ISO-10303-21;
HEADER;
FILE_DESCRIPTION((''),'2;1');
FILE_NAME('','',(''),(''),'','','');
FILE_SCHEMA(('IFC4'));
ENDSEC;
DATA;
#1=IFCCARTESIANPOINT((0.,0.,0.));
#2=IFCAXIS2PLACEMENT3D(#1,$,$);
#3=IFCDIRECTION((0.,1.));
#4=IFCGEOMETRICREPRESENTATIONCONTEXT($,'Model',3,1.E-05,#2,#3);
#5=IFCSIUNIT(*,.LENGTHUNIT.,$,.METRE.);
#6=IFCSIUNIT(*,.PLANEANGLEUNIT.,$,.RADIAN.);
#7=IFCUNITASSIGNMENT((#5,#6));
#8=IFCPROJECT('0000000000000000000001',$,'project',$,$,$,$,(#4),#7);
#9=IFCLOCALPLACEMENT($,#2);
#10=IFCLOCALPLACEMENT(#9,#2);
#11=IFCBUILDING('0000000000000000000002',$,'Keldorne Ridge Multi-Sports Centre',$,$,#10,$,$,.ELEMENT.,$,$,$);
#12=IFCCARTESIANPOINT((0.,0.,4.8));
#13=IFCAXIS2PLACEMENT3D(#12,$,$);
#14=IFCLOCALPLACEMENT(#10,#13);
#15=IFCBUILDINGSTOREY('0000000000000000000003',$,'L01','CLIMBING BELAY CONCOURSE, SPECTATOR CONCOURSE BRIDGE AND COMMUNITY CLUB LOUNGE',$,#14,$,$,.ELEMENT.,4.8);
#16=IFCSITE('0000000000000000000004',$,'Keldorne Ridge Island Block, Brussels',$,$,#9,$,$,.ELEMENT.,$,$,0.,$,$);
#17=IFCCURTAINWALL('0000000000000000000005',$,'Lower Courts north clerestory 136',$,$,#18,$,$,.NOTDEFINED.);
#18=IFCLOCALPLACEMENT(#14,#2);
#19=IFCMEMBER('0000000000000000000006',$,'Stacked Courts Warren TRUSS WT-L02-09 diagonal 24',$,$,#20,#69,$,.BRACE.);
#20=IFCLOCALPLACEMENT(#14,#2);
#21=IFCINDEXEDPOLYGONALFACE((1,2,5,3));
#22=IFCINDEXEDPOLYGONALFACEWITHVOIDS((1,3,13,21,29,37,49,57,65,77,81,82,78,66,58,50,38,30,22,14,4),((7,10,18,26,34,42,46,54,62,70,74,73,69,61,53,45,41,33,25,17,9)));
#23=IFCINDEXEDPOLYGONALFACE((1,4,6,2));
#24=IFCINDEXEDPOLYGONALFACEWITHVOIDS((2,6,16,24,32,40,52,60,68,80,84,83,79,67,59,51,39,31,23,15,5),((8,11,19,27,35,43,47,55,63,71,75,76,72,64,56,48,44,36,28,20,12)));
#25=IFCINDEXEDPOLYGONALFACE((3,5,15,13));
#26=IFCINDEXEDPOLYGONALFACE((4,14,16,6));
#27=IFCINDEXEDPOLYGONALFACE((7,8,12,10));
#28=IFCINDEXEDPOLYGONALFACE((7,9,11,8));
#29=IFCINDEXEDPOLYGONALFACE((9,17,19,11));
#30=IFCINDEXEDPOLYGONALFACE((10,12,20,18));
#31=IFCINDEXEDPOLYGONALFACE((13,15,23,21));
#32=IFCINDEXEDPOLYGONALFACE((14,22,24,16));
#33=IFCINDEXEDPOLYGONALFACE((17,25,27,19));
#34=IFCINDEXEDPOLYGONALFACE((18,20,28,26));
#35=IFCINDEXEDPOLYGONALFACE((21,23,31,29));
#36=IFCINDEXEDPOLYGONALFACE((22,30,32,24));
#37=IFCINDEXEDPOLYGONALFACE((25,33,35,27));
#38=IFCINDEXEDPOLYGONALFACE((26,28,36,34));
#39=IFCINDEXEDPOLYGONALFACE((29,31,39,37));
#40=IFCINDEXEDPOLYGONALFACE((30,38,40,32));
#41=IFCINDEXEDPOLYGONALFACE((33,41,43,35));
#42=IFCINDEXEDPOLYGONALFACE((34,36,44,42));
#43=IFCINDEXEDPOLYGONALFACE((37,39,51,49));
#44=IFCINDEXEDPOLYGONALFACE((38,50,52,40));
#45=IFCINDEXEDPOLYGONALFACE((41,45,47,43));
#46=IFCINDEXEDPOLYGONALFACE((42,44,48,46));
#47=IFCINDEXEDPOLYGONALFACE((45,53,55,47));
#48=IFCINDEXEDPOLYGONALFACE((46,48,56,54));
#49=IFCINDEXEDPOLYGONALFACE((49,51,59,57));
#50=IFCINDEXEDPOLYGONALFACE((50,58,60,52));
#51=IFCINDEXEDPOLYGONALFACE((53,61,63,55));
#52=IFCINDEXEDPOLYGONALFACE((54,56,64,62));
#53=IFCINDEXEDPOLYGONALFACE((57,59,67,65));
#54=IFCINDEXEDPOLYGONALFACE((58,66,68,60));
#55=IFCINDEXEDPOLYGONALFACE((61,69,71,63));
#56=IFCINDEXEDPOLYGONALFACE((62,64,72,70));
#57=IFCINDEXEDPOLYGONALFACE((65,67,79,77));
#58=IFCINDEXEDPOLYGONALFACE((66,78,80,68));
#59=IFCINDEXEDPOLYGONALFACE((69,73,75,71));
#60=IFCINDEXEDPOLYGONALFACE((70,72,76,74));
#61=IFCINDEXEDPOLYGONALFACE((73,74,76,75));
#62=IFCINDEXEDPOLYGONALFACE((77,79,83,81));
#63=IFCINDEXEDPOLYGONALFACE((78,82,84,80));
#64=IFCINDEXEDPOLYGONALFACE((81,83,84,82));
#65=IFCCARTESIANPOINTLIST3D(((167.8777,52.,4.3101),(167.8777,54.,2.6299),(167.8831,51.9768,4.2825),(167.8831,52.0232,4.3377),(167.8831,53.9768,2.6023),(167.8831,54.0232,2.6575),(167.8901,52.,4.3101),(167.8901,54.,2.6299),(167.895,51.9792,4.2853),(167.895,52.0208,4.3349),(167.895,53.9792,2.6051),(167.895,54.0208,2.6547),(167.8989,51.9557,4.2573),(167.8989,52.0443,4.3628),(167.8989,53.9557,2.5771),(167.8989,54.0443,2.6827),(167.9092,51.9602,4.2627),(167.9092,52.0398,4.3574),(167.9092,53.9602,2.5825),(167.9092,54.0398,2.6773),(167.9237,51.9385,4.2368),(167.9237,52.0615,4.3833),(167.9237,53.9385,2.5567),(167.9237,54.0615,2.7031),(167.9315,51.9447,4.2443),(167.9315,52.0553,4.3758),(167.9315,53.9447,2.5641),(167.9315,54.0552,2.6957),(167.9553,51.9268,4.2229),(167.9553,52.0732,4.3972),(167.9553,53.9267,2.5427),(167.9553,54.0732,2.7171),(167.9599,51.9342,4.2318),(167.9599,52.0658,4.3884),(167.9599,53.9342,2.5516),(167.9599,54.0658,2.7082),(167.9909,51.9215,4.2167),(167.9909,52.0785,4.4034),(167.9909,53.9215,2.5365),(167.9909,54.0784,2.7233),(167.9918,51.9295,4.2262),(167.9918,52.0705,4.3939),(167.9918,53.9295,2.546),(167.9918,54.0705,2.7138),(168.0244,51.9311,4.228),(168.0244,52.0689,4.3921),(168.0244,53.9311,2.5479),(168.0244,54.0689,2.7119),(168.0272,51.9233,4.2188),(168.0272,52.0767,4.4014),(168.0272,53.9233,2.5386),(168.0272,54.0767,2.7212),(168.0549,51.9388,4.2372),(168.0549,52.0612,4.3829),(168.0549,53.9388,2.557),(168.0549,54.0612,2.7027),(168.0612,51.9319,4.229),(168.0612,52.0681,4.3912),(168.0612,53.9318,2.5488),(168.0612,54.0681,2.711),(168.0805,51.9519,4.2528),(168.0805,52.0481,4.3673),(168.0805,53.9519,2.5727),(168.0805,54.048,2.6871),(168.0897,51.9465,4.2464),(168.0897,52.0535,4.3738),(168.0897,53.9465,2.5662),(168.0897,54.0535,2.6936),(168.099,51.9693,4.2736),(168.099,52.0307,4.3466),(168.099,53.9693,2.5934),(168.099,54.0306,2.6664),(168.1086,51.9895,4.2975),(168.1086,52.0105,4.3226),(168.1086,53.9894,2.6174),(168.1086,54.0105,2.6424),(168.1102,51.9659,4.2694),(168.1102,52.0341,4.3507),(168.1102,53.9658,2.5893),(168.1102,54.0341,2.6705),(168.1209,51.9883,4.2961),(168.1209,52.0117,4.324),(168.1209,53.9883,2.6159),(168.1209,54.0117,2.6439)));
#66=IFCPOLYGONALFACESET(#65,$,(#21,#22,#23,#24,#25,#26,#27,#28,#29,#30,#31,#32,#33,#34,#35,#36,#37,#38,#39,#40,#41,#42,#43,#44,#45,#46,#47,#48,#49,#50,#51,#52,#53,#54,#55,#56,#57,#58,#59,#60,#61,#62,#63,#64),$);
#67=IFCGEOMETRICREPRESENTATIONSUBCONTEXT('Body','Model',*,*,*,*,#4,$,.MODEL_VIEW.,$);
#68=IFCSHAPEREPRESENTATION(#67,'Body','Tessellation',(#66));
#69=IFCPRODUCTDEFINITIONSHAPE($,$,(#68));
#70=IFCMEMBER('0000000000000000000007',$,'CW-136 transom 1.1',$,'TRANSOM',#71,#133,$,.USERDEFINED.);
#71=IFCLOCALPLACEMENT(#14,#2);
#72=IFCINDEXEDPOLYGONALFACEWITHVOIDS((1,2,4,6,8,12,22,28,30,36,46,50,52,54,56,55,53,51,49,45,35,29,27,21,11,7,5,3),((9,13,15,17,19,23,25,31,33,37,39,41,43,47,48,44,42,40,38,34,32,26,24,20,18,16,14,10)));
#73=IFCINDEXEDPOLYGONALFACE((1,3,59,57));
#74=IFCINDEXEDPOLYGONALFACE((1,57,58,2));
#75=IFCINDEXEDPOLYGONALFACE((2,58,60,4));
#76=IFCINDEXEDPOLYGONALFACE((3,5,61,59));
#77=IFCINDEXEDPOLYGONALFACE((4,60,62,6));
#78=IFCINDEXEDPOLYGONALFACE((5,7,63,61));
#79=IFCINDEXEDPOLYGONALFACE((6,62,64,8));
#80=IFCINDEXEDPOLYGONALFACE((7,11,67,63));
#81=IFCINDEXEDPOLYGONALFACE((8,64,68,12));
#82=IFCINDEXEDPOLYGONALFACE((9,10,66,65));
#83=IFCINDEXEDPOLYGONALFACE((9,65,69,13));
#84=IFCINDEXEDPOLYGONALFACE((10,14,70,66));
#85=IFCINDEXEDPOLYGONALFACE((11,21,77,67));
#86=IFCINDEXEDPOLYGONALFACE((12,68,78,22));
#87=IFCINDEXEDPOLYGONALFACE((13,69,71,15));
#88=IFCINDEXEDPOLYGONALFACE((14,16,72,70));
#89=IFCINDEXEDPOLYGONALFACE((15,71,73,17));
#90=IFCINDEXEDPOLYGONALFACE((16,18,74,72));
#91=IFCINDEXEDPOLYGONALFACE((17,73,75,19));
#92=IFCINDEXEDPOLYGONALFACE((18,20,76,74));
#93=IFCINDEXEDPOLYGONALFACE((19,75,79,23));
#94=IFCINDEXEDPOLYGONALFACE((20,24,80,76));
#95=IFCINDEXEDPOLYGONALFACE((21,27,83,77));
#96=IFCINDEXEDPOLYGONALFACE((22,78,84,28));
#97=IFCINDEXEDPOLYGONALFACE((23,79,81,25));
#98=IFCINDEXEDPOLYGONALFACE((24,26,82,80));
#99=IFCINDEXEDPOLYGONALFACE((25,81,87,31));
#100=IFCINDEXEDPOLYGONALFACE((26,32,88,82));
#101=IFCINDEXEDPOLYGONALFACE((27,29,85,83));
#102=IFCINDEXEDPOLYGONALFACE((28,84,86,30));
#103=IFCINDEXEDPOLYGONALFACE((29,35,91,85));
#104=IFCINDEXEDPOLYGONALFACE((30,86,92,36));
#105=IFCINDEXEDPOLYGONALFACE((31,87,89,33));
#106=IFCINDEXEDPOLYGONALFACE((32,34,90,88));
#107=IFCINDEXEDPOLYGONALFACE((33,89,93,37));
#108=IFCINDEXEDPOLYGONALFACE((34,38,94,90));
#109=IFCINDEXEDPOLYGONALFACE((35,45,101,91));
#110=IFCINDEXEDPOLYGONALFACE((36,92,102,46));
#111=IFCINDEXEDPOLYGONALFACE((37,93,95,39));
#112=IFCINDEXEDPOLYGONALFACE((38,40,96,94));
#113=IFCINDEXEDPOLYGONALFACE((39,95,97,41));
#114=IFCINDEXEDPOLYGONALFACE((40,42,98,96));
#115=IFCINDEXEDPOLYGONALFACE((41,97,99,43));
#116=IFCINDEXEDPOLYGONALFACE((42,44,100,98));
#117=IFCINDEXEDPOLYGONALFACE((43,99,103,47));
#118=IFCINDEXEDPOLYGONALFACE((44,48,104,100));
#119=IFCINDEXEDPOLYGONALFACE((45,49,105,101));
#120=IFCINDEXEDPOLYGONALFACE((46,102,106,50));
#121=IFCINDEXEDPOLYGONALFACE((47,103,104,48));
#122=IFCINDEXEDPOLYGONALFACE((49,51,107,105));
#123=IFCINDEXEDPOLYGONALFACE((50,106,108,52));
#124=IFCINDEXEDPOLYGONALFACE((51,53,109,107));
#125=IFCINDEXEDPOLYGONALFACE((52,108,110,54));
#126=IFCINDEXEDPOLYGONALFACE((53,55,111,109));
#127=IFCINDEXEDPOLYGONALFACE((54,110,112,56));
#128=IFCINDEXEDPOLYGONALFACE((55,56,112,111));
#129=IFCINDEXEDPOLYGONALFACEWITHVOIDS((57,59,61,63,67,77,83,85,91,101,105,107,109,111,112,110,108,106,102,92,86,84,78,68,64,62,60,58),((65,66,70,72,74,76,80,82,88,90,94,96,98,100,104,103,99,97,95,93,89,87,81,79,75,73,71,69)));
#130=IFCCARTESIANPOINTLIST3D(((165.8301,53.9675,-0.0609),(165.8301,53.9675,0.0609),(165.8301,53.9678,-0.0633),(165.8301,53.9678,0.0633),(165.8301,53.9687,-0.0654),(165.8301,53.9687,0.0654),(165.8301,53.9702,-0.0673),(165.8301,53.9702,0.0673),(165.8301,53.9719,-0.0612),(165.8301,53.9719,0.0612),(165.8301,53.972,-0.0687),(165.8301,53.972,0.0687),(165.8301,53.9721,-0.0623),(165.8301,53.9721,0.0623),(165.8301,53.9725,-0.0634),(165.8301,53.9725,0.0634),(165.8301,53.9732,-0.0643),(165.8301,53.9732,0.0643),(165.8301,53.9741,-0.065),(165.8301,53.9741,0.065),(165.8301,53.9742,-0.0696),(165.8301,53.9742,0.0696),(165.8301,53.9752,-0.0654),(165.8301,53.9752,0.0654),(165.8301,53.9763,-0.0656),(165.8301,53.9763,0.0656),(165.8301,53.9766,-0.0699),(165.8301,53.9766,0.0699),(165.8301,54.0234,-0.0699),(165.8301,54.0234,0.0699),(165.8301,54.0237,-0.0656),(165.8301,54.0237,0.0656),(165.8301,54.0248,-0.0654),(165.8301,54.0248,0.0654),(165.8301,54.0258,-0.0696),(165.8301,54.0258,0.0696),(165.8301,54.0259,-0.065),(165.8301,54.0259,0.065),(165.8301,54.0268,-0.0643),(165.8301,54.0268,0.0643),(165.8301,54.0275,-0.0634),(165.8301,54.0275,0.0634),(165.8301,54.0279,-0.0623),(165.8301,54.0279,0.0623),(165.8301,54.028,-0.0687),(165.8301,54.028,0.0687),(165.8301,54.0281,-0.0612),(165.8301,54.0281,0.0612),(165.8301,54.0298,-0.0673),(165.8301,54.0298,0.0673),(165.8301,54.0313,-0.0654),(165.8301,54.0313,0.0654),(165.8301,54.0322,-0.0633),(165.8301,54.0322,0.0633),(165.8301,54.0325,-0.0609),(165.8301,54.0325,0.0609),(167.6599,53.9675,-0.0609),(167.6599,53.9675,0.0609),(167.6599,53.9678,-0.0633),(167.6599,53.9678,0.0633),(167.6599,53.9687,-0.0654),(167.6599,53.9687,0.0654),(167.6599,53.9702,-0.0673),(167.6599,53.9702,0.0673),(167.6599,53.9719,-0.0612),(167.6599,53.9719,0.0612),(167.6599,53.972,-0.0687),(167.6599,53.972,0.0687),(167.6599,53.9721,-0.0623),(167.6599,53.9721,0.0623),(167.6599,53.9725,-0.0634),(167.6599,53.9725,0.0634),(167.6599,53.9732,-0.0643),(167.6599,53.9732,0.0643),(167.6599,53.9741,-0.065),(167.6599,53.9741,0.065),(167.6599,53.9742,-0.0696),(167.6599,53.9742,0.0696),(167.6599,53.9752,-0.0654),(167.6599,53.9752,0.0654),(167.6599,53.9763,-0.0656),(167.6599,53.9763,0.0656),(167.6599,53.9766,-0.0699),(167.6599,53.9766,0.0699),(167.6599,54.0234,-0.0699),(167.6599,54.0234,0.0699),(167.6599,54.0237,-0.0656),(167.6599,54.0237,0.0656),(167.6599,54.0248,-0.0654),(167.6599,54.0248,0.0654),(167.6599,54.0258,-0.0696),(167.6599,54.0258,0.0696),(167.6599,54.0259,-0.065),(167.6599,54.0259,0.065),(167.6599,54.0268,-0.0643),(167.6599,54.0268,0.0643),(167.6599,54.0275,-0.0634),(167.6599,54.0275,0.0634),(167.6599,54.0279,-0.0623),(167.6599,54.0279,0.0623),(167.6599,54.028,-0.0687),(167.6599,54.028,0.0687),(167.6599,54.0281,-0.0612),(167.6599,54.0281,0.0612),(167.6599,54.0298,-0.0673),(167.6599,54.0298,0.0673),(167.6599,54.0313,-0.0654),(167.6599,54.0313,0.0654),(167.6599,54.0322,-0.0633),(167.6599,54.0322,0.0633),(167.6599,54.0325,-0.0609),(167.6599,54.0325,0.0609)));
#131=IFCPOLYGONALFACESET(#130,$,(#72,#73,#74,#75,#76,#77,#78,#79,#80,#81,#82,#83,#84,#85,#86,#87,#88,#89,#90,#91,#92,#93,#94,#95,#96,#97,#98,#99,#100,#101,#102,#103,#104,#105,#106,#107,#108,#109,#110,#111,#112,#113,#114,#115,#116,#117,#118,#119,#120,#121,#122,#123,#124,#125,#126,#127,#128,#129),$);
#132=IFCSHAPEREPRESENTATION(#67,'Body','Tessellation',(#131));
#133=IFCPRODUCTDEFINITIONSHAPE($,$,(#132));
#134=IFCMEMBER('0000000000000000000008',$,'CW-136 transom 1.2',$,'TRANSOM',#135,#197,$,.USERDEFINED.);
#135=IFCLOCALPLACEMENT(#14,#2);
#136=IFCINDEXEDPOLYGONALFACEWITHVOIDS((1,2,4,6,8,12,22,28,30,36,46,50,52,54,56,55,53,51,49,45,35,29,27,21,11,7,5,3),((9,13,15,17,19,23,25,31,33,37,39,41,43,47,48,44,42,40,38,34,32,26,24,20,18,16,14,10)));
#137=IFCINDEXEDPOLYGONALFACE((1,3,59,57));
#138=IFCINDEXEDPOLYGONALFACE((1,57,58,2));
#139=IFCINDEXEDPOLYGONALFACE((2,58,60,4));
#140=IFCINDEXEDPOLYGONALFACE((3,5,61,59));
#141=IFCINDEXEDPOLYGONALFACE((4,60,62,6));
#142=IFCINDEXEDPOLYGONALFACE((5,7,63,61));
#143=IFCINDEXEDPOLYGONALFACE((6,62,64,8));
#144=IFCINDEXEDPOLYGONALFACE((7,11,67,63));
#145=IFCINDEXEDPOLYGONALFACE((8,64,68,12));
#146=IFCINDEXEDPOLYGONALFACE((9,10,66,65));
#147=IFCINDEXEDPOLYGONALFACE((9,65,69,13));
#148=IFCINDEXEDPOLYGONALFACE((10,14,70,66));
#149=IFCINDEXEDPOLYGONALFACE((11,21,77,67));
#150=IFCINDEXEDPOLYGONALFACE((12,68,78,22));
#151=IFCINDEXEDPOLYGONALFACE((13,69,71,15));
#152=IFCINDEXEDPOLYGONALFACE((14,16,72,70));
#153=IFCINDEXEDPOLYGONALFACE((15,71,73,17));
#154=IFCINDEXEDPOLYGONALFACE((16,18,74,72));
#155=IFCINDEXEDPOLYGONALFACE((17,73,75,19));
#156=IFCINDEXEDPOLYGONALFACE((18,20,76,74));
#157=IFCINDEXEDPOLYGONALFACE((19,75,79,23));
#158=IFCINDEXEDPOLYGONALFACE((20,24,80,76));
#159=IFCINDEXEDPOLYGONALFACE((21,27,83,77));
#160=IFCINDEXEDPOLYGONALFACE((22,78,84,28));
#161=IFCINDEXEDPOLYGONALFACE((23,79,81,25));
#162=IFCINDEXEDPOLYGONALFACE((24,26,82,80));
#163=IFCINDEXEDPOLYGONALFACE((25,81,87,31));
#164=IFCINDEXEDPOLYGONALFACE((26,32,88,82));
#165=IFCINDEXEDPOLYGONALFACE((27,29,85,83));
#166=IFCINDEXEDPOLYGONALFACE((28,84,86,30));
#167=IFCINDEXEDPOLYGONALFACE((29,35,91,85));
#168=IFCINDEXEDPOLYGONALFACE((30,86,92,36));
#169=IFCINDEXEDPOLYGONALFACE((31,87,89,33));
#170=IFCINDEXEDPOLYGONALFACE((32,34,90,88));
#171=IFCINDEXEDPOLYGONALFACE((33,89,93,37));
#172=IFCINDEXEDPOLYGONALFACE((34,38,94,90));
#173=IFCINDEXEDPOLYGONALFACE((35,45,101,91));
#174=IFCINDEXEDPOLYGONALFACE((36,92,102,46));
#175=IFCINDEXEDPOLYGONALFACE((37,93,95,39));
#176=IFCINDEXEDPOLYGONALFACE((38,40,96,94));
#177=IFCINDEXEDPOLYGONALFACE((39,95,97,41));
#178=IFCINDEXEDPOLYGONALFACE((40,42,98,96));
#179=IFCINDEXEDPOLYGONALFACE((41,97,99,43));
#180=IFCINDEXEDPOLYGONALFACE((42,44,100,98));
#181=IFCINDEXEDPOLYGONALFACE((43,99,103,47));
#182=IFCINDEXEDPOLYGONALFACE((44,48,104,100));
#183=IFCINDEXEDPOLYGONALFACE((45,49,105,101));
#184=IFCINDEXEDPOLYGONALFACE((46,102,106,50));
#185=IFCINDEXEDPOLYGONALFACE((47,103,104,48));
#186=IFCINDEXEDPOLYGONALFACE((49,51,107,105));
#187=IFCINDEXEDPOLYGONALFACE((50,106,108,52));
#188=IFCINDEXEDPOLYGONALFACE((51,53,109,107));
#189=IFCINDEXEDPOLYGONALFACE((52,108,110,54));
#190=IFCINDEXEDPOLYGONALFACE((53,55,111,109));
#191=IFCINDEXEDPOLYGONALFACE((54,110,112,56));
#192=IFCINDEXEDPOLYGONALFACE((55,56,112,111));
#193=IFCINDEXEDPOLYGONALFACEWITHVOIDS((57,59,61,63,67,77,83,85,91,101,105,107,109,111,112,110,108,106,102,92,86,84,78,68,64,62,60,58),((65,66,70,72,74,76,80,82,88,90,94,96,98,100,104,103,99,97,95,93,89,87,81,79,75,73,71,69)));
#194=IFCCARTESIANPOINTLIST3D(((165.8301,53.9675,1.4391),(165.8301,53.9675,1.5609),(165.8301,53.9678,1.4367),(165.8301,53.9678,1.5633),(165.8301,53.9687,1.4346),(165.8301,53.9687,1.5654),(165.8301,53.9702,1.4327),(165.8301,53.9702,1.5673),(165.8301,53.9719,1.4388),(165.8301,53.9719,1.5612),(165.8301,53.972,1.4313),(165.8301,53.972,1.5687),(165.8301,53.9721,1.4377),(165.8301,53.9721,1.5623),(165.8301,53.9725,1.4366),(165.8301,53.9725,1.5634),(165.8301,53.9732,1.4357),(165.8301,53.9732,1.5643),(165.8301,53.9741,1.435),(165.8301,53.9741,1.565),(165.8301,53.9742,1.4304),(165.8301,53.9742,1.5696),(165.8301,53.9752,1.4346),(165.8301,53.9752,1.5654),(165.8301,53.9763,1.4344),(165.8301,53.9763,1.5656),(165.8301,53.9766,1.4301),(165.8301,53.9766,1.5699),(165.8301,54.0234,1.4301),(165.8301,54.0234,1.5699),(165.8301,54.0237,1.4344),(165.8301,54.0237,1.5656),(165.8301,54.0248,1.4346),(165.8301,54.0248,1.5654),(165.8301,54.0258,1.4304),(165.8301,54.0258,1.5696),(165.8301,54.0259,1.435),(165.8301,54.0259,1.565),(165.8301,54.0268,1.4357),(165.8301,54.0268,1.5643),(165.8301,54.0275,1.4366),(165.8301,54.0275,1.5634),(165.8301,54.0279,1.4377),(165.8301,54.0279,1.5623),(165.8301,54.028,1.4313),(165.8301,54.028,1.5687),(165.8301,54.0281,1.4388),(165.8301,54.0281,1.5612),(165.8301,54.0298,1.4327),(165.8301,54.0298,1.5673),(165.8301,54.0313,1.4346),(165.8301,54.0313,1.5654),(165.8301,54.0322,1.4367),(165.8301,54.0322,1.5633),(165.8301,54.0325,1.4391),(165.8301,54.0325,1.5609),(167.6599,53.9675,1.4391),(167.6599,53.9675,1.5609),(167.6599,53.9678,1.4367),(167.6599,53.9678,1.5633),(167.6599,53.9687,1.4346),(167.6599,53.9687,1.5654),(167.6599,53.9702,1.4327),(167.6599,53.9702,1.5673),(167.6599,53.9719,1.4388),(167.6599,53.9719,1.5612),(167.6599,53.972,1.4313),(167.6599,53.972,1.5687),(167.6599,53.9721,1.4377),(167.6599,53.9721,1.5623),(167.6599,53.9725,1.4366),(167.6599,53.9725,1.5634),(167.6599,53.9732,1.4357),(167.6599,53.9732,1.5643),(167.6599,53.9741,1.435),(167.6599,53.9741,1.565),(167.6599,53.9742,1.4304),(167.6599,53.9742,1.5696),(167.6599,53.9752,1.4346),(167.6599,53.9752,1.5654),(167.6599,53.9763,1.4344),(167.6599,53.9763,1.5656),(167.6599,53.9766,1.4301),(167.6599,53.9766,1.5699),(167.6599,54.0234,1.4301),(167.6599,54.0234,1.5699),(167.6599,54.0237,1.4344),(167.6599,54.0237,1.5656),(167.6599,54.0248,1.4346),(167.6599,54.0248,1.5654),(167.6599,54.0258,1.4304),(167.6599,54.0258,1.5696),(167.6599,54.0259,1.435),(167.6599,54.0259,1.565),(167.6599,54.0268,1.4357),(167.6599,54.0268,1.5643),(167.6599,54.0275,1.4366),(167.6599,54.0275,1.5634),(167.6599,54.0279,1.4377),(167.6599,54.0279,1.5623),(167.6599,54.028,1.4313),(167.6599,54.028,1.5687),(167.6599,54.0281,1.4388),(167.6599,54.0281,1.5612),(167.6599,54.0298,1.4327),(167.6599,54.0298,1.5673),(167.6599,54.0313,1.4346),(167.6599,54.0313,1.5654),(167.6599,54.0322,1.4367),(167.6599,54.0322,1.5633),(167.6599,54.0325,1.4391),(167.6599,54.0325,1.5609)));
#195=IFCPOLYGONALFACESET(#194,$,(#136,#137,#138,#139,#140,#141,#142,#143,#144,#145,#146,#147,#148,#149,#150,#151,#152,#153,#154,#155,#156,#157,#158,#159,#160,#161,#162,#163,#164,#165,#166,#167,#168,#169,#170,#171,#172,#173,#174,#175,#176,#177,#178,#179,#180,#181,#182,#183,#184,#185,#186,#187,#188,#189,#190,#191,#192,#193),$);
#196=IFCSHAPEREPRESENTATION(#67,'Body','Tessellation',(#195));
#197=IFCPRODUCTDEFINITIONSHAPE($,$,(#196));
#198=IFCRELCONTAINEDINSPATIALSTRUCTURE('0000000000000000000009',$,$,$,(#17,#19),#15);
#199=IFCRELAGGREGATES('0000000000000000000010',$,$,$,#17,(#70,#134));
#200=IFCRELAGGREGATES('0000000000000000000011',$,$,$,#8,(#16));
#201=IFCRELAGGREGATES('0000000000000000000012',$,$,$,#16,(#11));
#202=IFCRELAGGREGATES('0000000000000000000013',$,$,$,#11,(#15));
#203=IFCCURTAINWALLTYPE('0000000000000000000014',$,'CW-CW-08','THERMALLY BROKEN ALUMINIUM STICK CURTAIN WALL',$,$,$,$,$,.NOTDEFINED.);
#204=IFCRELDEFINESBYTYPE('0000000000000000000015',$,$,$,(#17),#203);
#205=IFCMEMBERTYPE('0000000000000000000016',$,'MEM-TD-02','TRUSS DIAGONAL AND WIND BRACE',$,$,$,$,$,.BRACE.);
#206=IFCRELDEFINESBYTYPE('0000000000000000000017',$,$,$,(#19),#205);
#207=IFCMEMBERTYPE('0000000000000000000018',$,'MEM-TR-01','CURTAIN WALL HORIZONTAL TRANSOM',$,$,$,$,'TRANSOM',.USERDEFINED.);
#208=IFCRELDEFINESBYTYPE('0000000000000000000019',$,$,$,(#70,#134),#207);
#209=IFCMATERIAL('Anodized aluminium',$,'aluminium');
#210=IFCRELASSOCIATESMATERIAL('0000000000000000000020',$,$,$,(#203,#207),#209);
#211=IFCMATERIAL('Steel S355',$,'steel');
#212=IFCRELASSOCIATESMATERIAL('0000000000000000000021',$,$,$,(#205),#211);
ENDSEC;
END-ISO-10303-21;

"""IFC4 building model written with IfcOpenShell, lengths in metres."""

from ifc_helpers import new_model, si_unit, direction, frame, origin, origin_2d, place, context, subcontext, project, spatial, hollow_rectangle, hollow_circle, extrude, material, material_profile, profile_set, type_object, element, aggregate, save


model = new_model("IFC4")

# Units and contexts
model_context = context("Model", 3, precision=1e-05, world=origin(), true_north=direction((0.0, 1.0)))
body_context = subcontext(model_context, "Body", "Model", "MODEL_VIEW")
ifc_project = project(units=[si_unit("LENGTHUNIT", "METRE"), si_unit("PLANEANGLEUNIT", "RADIAN")], contexts=[model_context])

# Site, building, storey
site_placement = place(None, origin())
site = spatial("IfcSite", under=ifc_project, at=site_placement, Name="Keldorne Ridge Island Block, Brussels", CompositionType="ELEMENT", RefElevation=0.0)
building_placement = place(site_placement, origin())
building = spatial("IfcBuilding", under=site, at=building_placement, Name="Keldorne Ridge Multi-Sports Centre", CompositionType="ELEMENT")
storey_placement = place(building_placement, frame((0.0, 0.0, 4.8)))
storey = spatial("IfcBuildingStorey", under=building, at=storey_placement, Name="L01", Description="CLIMBING BELAY CONCOURSE, SPECTATOR CONCOURSE BRIDGE AND COMMUNITY CLUB LOUNGE", CompositionType="ELEMENT", Elevation=4.8)

# Shared definitions
ifc_material_1 = material(Name="Steel S355", Category="steel")

# Curtain wall
ifc_material_2 = material(Name="Anodized aluminium", Category="aluminium")
curtain_wall_type = type_object("IfcCurtainWallType", Name="CW-CW-08", Description="THERMALLY BROKEN ALUMINIUM STICK CURTAIN WALL", PredefinedType="NOTDEFINED", material=ifc_material_2)
curtain_wall_placement = place(storey_placement, origin())
curtain_wall = element("IfcCurtainWall", 1, at=curtain_wall_placement, inside=storey, type_object=curtain_wall_type, Name="Lower Courts north clerestory 136", PredefinedType="NOTDEFINED")

# Member
ifc_material_profile_1 = material_profile(ifc_material_1, hollow_circle(Radius=0.1223, WallThickness=0.0125, at=origin_2d()), Name="CHS 244.5x12.5")
ifc_profile_set_1 = profile_set([ifc_material_profile_1], Name="Steel S355")
member_type_1 = type_object("IfcMemberType", Name="MEM-TD-02", Description="TRUSS DIAGONAL AND WIND BRACE", PredefinedType="BRACE", material=ifc_profile_set_1)
for number, where, z_axis, x_axis, name in (
    (2, (168.0, 52.0, 4.3101), (0.0, 0.765672, -0.643232), (-1.0, 0.0, 0.0), "Stacked Courts Warren TRUSS WT-L02-09 diagonal 24"),
):
    element("IfcMember", number, at=place(storey_placement, frame(where, z_axis=z_axis, x_axis=x_axis)), inside=storey, type_object=member_type_1, Name=name, PredefinedType="BRACE", context=body_context, shape_type="SweptSolid", body=[
        extrude(hollow_circle(Radius=0.1223, WallThickness=0.0125, at=origin_2d()), origin(), (0.0, 0.0, 1.0), 2.6121),
    ])

# Members
ifc_material_profile_2 = material_profile(ifc_material_2, hollow_rectangle(XDim=0.0649, YDim=0.1399, WallThickness=0.0044, InnerFilletRadius=0.0044, OuterFilletRadius=0.009, at=origin_2d()), Name="ALU TRANSOM 140x65x4.5")
ifc_profile_set_2 = profile_set([ifc_material_profile_2], Name="Anodized aluminium")
member_type_2 = type_object("IfcMemberType", Name="MEM-TR-01", Description="CURTAIN WALL HORIZONTAL TRANSOM", ElementType="TRANSOM", PredefinedType="USERDEFINED", material=ifc_profile_set_2)
member_1_placement = place(storey_placement, frame((167.6599, 54.0, 0.0), z_axis=(-1.0, 0.0, 0.0), x_axis=(0.0, -1.0, 0.0)))
member_1 = element("IfcMember", 3, at=member_1_placement, type_object=member_type_2, Name="CW-136 transom 1.1", ObjectType="TRANSOM", PredefinedType="USERDEFINED", context=body_context, shape_type="SweptSolid", body=[
    extrude(hollow_rectangle(XDim=0.0649, YDim=0.1399, WallThickness=0.0044, InnerFilletRadius=0.0044, OuterFilletRadius=0.009, at=origin_2d()), origin(), (0.0, 0.0, 1.0), 1.8298),
])
member_2_placement = place(storey_placement, frame((167.6599, 54.0, 1.5), z_axis=(-1.0, 0.0, 0.0), x_axis=(0.0, -1.0, 0.0)))
member_2 = element("IfcMember", 4, at=member_2_placement, type_object=member_type_2, Name="CW-136 transom 1.2", ObjectType="TRANSOM", PredefinedType="USERDEFINED", context=body_context, shape_type="SweptSolid", body=[
    extrude(hollow_rectangle(XDim=0.0649, YDim=0.1399, WallThickness=0.0044, InnerFilletRadius=0.0044, OuterFilletRadius=0.009, at=origin_2d()), origin(), (0.0, 0.0, 1.0), 1.8298),
])

aggregate(curtain_wall, [member_1, member_2])

save(model, "model.ifc")
